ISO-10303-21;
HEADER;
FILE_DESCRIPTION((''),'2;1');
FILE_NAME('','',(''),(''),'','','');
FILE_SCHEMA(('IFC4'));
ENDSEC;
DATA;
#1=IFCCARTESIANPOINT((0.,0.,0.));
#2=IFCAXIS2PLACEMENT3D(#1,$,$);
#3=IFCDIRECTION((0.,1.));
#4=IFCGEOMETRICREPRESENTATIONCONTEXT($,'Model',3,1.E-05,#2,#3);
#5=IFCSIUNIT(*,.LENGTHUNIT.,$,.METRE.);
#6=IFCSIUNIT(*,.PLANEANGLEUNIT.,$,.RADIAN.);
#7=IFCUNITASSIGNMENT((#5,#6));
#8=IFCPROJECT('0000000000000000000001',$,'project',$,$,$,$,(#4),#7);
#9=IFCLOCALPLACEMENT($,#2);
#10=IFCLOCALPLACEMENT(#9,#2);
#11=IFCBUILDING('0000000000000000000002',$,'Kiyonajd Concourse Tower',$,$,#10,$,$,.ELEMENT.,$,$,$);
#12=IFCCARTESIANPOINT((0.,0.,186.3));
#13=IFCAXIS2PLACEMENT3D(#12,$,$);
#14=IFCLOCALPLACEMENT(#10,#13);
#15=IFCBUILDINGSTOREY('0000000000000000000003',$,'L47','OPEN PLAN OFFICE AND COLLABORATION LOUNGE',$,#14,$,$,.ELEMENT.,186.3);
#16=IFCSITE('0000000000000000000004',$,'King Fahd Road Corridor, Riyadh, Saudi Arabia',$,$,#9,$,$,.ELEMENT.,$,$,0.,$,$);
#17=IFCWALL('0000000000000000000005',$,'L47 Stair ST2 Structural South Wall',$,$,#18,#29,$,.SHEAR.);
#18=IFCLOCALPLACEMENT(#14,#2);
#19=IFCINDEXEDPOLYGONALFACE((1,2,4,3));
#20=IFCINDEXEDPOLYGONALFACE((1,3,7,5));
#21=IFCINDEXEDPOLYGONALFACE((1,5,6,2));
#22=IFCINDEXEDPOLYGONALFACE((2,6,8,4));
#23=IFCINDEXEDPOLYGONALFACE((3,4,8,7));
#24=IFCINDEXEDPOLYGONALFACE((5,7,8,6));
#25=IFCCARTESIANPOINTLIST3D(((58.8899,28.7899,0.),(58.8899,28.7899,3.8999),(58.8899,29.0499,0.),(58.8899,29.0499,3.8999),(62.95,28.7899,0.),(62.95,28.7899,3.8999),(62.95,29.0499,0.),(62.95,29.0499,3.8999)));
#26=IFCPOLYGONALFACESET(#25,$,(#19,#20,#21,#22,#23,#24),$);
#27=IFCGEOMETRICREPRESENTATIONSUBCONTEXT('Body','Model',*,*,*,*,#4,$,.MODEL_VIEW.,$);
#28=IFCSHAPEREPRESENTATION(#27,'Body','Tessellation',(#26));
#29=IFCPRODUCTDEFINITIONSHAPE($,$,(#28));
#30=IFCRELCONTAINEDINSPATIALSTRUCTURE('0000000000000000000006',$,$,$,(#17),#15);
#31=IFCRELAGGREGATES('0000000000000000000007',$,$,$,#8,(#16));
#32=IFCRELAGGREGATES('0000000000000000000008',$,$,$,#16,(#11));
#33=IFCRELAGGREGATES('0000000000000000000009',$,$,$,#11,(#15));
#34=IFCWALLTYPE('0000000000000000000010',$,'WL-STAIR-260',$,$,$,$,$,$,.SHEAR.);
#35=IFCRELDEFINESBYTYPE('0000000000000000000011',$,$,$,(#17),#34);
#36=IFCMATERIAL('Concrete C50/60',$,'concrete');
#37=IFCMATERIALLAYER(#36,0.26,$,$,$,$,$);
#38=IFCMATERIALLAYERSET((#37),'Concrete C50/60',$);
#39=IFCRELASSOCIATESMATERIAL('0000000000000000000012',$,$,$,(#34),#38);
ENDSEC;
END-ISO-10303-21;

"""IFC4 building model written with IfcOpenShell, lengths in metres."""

from ifc_helpers import new_model, si_unit, direction, frame, frame_2d, origin, place, context, subcontext, project, spatial, rectangle, extrude, material, layer, layer_set, type_object, element, save


model = new_model("IFC4")

# Units and contexts
model_context = context("Model", 3, precision=1e-05, world=origin(), true_north=direction((0.0, 1.0)))
body_context = subcontext(model_context, "Body", "Model", "MODEL_VIEW")
ifc_project = project(units=[si_unit("LENGTHUNIT", "METRE"), si_unit("PLANEANGLEUNIT", "RADIAN")], contexts=[model_context])

# Site, building, storey
site_placement = place(None, origin())
site = spatial("IfcSite", under=ifc_project, at=site_placement, Name="King Fahd Road Corridor, Riyadh, Saudi Arabia", CompositionType="ELEMENT", RefElevation=0.0)
building_placement = place(site_placement, origin())
building = spatial("IfcBuilding", under=site, at=building_placement, Name="Kiyonajd Concourse Tower", CompositionType="ELEMENT")
storey_placement = place(building_placement, frame((0.0, 0.0, 186.3)))
storey = spatial("IfcBuildingStorey", under=building, at=storey_placement, Name="L47", Description="OPEN PLAN OFFICE AND COLLABORATION LOUNGE", CompositionType="ELEMENT", Elevation=186.3)

# Shared definitions
ifc_material_1 = material(Name="Concrete C50/60", Category="concrete")

# Wall
ifc_layer_1 = layer(ifc_material_1, 0.26)
ifc_layer_set_1 = layer_set([ifc_layer_1], Name="Concrete C50/60")
wall_type_1 = type_object("IfcWallType", Name="WL-STAIR-260", PredefinedType="SHEAR", material=ifc_layer_set_1)
wall_1_placement = place(storey_placement, frame((58.8899, 28.9199, 0.0), z_axis=(0.0, 0.0, 1.0), x_axis=(1.0, 0.0, 0.0)))
element("IfcWall", 1, at=wall_1_placement, inside=storey, type_object=wall_type_1, Name="L47 Stair ST2 Structural South Wall", PredefinedType="SHEAR", context=body_context, shape_type="SweptSolid", body=[
    extrude(rectangle(XDim=4.0601, YDim=0.26, at=frame_2d((2.03, 0.0))), origin(), (0.0, 0.0, 1.0), 3.8999),
])

save(model, "model.ifc")
